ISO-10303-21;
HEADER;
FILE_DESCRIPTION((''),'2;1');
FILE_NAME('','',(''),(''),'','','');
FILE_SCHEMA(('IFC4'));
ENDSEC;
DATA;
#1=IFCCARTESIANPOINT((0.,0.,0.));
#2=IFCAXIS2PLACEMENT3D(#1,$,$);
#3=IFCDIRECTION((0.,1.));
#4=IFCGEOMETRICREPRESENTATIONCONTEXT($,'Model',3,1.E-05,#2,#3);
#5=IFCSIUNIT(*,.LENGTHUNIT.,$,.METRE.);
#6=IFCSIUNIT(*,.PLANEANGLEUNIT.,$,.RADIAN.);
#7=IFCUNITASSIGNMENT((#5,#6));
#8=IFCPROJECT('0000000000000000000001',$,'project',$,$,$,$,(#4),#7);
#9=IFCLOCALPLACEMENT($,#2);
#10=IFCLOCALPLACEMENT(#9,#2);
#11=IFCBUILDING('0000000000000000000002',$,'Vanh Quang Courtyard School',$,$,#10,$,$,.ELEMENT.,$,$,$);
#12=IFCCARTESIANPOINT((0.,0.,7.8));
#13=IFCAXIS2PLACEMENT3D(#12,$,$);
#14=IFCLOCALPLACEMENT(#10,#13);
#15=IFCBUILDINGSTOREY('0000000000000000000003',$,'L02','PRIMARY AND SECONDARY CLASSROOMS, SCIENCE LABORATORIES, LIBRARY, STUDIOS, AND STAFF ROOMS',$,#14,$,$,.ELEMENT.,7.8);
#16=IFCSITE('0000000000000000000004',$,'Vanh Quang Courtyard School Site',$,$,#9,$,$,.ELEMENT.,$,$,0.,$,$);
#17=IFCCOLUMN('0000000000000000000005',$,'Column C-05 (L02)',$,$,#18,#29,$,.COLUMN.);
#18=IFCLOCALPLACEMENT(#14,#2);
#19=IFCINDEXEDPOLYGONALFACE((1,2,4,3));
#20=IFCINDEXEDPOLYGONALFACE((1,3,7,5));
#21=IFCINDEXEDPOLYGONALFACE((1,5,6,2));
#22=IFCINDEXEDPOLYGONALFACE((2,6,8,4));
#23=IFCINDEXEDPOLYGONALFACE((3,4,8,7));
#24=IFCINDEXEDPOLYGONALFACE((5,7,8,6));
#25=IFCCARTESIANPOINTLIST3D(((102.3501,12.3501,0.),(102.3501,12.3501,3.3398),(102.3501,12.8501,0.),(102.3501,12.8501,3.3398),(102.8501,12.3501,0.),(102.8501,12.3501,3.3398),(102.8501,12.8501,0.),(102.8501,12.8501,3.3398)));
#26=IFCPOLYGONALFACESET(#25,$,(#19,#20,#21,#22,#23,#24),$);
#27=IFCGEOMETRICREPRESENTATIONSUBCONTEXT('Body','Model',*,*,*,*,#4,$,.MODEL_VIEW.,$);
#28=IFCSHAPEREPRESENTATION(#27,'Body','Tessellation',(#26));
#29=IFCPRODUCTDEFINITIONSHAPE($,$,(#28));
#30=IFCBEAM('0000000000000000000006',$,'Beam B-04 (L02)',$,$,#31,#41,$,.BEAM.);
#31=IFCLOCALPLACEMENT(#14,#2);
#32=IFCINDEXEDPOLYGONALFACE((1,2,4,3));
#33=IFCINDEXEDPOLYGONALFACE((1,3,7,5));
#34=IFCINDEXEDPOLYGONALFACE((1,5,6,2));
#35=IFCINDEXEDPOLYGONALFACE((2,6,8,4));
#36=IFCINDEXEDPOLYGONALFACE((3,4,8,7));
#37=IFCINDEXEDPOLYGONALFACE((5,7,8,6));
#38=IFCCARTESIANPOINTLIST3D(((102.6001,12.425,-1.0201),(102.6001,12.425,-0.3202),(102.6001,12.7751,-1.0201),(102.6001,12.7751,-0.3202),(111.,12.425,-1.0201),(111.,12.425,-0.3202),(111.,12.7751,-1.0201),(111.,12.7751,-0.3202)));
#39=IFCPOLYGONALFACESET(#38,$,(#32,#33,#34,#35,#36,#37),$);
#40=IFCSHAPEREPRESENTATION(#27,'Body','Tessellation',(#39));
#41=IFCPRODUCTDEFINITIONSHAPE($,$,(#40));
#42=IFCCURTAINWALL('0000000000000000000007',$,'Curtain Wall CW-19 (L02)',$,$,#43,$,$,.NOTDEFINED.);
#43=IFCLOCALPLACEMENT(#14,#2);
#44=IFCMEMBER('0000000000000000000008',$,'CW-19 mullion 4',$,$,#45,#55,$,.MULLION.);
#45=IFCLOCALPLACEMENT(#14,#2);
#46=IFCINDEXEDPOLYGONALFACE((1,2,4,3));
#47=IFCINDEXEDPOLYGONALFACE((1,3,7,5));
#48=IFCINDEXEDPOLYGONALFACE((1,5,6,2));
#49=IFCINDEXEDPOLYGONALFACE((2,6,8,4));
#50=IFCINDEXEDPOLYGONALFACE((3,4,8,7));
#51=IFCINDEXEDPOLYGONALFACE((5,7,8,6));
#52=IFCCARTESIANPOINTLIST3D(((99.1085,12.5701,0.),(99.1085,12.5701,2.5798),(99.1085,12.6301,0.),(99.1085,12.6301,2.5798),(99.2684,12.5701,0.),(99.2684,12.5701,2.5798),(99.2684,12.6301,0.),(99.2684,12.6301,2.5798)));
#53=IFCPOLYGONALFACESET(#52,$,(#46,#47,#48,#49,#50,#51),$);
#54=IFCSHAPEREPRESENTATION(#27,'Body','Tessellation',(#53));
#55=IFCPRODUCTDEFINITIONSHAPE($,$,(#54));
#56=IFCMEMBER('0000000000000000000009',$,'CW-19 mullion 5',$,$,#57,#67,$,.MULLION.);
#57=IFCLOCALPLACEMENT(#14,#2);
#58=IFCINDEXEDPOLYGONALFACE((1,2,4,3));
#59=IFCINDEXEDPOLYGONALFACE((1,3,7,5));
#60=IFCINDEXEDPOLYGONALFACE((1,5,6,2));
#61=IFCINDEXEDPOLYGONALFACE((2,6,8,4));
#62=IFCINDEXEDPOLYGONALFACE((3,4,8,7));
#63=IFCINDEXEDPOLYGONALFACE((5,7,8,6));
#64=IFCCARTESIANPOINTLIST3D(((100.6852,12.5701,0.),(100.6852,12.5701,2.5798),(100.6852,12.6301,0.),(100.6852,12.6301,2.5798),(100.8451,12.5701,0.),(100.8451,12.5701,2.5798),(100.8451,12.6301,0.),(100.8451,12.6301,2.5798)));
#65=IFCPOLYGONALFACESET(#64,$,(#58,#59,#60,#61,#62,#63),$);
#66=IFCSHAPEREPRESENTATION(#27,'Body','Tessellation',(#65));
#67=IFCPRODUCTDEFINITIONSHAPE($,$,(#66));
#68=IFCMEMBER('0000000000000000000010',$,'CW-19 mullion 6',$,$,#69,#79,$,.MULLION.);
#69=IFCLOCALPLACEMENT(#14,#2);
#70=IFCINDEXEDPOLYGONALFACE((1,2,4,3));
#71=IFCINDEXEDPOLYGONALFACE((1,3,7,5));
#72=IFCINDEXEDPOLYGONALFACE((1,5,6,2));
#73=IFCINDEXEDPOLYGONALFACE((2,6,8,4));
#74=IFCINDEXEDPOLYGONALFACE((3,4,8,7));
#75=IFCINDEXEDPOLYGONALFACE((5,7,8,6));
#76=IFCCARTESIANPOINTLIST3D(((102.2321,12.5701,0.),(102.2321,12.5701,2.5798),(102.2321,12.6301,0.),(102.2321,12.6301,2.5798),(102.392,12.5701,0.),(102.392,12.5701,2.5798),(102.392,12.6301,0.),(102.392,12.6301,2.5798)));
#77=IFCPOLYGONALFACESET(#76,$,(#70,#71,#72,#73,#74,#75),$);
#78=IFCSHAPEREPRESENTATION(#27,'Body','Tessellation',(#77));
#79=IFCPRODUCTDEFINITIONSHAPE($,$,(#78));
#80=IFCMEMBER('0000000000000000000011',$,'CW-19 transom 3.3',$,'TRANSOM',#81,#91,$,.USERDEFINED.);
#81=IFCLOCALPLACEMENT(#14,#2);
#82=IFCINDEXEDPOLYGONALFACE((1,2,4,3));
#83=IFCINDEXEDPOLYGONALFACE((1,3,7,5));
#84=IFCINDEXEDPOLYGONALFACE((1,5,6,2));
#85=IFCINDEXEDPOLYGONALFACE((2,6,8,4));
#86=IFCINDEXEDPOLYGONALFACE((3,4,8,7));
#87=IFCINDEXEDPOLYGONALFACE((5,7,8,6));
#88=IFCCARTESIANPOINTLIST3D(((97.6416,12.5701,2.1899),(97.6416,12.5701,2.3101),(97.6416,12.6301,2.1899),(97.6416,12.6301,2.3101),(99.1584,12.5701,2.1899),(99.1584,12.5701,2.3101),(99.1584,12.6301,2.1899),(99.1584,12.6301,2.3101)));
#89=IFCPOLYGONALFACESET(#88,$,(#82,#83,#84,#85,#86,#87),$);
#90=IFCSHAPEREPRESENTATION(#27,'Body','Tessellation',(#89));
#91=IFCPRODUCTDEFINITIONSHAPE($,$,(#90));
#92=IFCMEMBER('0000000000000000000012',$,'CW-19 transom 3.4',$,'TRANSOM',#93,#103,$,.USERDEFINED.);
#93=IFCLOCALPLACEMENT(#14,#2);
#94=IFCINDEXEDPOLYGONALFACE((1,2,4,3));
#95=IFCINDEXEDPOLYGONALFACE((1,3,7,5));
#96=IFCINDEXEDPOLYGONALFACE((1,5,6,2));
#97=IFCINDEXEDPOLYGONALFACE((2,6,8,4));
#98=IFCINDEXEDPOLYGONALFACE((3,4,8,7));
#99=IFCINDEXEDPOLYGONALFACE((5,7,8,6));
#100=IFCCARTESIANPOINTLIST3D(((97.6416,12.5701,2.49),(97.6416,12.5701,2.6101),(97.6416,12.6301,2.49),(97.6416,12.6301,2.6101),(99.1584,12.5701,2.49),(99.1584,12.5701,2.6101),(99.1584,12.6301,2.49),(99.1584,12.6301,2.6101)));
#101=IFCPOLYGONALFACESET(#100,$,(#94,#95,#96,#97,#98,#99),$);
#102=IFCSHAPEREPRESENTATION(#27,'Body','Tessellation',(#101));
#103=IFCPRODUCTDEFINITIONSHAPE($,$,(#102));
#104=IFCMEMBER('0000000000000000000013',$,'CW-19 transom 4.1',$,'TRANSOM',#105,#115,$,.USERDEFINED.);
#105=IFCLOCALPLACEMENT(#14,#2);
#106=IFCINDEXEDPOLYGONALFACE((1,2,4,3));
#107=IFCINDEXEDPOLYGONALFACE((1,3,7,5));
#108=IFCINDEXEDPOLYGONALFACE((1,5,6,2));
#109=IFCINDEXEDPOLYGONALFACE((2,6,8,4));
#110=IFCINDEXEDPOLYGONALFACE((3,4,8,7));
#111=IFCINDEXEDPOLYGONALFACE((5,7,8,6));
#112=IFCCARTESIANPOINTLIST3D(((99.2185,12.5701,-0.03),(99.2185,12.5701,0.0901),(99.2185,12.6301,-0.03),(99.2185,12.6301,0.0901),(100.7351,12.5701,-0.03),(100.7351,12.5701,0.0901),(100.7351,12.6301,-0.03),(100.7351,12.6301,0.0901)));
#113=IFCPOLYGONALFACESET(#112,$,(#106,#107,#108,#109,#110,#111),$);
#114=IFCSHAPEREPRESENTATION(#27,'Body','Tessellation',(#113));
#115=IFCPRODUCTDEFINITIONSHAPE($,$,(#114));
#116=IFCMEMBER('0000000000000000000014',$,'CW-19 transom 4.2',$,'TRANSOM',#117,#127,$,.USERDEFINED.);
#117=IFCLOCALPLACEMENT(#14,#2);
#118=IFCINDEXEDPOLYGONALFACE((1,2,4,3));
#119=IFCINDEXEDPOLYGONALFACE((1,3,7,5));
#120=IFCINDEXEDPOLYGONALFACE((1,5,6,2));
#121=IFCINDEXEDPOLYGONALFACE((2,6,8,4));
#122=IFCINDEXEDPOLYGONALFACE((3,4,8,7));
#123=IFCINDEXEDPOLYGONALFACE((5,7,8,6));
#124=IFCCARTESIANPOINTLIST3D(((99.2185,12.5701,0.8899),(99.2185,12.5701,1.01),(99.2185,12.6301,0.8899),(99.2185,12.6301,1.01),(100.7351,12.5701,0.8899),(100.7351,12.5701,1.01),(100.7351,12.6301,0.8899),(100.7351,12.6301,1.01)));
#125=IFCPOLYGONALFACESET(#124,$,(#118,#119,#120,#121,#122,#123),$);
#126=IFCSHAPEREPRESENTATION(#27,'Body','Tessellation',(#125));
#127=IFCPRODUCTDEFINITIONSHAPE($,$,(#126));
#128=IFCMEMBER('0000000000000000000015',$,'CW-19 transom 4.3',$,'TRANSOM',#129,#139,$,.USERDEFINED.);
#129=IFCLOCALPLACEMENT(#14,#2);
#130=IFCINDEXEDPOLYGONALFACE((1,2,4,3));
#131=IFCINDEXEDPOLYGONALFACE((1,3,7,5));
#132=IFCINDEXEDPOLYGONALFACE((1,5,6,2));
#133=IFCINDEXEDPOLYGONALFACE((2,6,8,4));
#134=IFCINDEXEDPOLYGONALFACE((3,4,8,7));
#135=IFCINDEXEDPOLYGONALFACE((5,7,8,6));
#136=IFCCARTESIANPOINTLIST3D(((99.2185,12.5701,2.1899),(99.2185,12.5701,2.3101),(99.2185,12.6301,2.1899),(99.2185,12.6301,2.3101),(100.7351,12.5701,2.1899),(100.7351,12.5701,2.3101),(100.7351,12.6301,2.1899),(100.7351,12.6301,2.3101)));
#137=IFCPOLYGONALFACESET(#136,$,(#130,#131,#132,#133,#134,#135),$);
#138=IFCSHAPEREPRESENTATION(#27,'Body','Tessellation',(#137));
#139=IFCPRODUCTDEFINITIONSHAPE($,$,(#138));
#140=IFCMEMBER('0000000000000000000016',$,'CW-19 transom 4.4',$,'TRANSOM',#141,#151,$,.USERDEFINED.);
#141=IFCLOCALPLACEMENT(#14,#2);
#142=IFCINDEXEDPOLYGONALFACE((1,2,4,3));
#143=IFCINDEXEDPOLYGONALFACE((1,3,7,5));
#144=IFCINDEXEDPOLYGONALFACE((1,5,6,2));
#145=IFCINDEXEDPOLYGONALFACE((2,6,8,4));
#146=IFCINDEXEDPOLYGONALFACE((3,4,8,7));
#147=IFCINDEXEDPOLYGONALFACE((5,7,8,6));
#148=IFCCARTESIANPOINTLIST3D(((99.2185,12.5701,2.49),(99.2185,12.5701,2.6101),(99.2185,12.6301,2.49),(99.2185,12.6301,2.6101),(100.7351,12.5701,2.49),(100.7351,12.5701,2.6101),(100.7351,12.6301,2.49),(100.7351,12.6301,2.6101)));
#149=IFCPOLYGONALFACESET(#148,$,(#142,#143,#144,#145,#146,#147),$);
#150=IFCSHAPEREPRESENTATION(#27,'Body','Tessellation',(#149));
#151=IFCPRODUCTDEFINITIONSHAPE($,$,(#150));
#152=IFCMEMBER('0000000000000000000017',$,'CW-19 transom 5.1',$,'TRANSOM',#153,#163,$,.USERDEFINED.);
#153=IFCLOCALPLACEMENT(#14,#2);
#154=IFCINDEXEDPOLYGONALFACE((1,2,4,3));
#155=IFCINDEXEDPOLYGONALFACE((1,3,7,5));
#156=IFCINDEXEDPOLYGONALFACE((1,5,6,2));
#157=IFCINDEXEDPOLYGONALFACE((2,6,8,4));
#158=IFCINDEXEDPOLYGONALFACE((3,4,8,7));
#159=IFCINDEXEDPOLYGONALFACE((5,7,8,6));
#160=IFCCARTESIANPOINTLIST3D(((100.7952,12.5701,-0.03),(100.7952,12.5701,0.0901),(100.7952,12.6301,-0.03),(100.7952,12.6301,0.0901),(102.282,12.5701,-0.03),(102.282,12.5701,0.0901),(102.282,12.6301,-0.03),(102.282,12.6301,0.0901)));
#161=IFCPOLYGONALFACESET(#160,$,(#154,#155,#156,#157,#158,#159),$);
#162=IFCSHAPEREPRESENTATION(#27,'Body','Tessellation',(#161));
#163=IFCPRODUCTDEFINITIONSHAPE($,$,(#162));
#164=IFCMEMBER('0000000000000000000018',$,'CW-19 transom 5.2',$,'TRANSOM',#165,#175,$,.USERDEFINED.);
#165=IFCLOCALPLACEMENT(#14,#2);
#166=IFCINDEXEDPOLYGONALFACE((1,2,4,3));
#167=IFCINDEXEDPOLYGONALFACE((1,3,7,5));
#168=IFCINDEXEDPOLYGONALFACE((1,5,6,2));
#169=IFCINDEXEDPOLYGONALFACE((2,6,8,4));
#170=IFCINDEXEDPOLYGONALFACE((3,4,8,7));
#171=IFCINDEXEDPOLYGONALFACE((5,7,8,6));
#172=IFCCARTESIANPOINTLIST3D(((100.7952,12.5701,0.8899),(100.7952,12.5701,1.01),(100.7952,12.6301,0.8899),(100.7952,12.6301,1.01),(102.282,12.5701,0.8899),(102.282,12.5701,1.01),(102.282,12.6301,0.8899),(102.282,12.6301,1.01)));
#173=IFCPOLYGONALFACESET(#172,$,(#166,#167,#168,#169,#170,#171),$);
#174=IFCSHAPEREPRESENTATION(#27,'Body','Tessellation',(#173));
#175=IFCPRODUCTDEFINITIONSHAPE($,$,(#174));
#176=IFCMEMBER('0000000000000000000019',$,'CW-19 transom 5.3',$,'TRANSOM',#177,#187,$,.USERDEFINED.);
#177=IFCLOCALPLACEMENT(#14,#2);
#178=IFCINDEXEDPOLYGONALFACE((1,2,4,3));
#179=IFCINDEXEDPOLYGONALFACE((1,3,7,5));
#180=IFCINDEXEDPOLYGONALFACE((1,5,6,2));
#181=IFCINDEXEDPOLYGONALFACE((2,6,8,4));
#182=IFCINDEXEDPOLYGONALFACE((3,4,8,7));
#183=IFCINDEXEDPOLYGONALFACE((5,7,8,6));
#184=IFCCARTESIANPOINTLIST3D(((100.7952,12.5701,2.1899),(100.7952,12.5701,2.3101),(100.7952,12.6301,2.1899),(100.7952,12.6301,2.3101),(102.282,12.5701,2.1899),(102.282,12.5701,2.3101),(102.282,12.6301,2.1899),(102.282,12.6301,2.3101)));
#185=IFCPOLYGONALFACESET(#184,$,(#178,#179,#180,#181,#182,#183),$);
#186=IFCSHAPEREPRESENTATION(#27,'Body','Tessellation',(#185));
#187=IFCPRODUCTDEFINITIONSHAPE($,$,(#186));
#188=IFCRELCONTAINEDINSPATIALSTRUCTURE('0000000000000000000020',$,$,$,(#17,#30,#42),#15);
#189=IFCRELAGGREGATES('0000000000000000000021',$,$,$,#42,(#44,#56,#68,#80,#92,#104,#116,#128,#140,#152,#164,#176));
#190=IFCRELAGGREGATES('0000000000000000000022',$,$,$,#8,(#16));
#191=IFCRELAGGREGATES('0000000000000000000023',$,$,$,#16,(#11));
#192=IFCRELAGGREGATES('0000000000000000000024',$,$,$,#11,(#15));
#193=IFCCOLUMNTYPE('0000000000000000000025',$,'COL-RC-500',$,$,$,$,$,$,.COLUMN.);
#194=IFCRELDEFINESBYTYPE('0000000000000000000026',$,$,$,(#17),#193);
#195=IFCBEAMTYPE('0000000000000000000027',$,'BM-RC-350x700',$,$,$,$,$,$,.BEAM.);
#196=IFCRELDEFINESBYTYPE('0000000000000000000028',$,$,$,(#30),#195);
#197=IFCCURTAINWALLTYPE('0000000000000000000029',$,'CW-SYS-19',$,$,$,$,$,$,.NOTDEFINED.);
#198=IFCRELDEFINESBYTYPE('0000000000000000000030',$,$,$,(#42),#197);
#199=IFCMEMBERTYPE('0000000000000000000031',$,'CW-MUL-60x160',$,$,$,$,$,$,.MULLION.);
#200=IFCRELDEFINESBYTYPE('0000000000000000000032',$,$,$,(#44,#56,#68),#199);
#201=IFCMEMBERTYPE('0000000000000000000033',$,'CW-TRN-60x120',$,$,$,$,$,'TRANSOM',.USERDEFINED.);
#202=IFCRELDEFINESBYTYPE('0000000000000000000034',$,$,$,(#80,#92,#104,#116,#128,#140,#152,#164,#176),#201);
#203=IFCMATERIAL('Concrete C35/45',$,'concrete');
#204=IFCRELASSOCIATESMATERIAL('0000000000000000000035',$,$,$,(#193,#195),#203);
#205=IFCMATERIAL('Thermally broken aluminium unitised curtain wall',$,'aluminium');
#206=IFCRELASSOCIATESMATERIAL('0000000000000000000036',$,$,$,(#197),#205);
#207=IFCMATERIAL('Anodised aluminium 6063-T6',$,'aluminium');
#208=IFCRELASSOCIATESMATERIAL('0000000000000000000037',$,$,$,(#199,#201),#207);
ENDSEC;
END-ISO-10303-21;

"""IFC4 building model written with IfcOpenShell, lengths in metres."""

from ifc_helpers import new_model, si_unit, direction, frame, origin, origin_2d, place, context, subcontext, project, spatial, rectangle, extrude, material, material_profile, profile_set, type_object, element, aggregate, save


model = new_model("IFC4")

# Units and contexts
model_context = context("Model", 3, precision=1e-05, world=origin(), true_north=direction((0.0, 1.0)))
body_context = subcontext(model_context, "Body", "Model", "MODEL_VIEW")
ifc_project = project(units=[si_unit("LENGTHUNIT", "METRE"), si_unit("PLANEANGLEUNIT", "RADIAN")], contexts=[model_context])

# Site, building, storey
site_placement = place(None, origin())
site = spatial("IfcSite", under=ifc_project, at=site_placement, Name="Vanh Quang Courtyard School Site", CompositionType="ELEMENT", RefElevation=0.0)
building_placement = place(site_placement, origin())
building = spatial("IfcBuilding", under=site, at=building_placement, Name="Vanh Quang Courtyard School", CompositionType="ELEMENT")
storey_placement = place(building_placement, frame((0.0, 0.0, 7.8)))
storey = spatial("IfcBuildingStorey", under=building, at=storey_placement, Name="L02", Description="PRIMARY AND SECONDARY CLASSROOMS, SCIENCE LABORATORIES, LIBRARY, STUDIOS, AND STAFF ROOMS", CompositionType="ELEMENT", Elevation=7.8)

# Column
ifc_material_1 = material(Name="Concrete C35/45", Category="concrete")
ifc_material_profile_1 = material_profile(ifc_material_1, rectangle(XDim=0.5, YDim=0.5, at=origin_2d()), Name="RC-COL 500x500")
ifc_profile_set_1 = profile_set([ifc_material_profile_1], Name="Concrete C35/45")
column_type = type_object("IfcColumnType", Name="COL-RC-500", PredefinedType="COLUMN", material=ifc_profile_set_1)
column_placement = place(storey_placement, frame((102.6001, 12.6001, 0.0), z_axis=(0.0, 0.0, 1.0), x_axis=(1.0, 0.0, 0.0)))
element("IfcColumn", 1, at=column_placement, inside=storey, type_object=column_type, Name="Column C-05 (L02)", PredefinedType="COLUMN", context=body_context, shape_type="SweptSolid", body=[
    extrude(rectangle(XDim=0.5, YDim=0.5, at=origin_2d()), origin(), (0.0, 0.0, 1.0), 3.3398),
])

# Beam
ifc_material_profile_2 = material_profile(ifc_material_1, rectangle(XDim=0.3501, YDim=0.7, at=origin_2d()), Name="RC-BM 350x700")
ifc_profile_set_2 = profile_set([ifc_material_profile_2], Name="Concrete C35/45")
beam_type = type_object("IfcBeamType", Name="BM-RC-350x700", PredefinedType="BEAM", material=ifc_profile_set_2)
beam_placement = place(storey_placement, frame((102.6001, 12.6001, -0.6702), z_axis=(1.0, 0.0, 0.0), x_axis=(0.0, 1.0, 0.0)))
element("IfcBeam", 2, at=beam_placement, inside=storey, type_object=beam_type, Name="Beam B-04 (L02)", PredefinedType="BEAM", context=body_context, shape_type="SweptSolid", body=[
    extrude(rectangle(XDim=0.3501, YDim=0.7, at=origin_2d()), origin(), (0.0, 0.0, 1.0), 8.3999),
])

# Curtain wall, members
ifc_material_2 = material(Name="Thermally broken aluminium unitised curtain wall", Category="aluminium")
curtain_wall_type = type_object("IfcCurtainWallType", Name="CW-SYS-19", PredefinedType="NOTDEFINED", material=ifc_material_2)
curtain_wall_placement = place(storey_placement, origin())
curtain_wall = element("IfcCurtainWall", 3, at=curtain_wall_placement, inside=storey, type_object=curtain_wall_type, Name="Curtain Wall CW-19 (L02)", PredefinedType="NOTDEFINED")
ifc_material_3 = material(Name="Anodised aluminium 6063-T6", Category="aluminium")
ifc_material_profile_3 = material_profile(ifc_material_3, rectangle(XDim=0.0601, YDim=0.1599, at=origin_2d()), Name="ALU-MUL 60x160")
ifc_profile_set_3 = profile_set([ifc_material_profile_3], Name="Anodised aluminium 6063-T6")
member_type_1 = type_object("IfcMemberType", Name="CW-MUL-60x160", PredefinedType="MULLION", material=ifc_profile_set_3)
member_1_placement = place(storey_placement, frame((99.1885, 12.6001, 0.0), z_axis=(0.0, 0.0, 1.0), x_axis=(0.0, 1.0, 0.0)))
member_1 = element("IfcMember", 4, at=member_1_placement, type_object=member_type_1, Name="CW-19 mullion 4", PredefinedType="MULLION", context=body_context, shape_type="SweptSolid", body=[
    extrude(rectangle(XDim=0.0601, YDim=0.1599, at=origin_2d()), origin(), (0.0, 0.0, 1.0), 2.5798),
])
member_2_placement = place(storey_placement, frame((100.7651, 12.6001, 0.0), z_axis=(0.0, 0.0, 1.0), x_axis=(0.0, 1.0, 0.0)))
member_2 = element("IfcMember", 5, at=member_2_placement, type_object=member_type_1, Name="CW-19 mullion 5", PredefinedType="MULLION", context=body_context, shape_type="SweptSolid", body=[
    extrude(rectangle(XDim=0.0601, YDim=0.1599, at=origin_2d()), origin(), (0.0, 0.0, 1.0), 2.5798),
])
member_3_placement = place(storey_placement, frame((102.312, 12.6001, 0.0), z_axis=(0.0, 0.0, 1.0), x_axis=(0.0, 1.0, 0.0)))
member_3 = element("IfcMember", 6, at=member_3_placement, type_object=member_type_1, Name="CW-19 mullion 6", PredefinedType="MULLION", context=body_context, shape_type="SweptSolid", body=[
    extrude(rectangle(XDim=0.0601, YDim=0.1599, at=origin_2d()), origin(), (0.0, 0.0, 1.0), 2.5798),
])
ifc_material_profile_4 = material_profile(ifc_material_3, rectangle(XDim=0.0601, YDim=0.1201, at=origin_2d()), Name="ALU-TRN 60x120")
ifc_profile_set_4 = profile_set([ifc_material_profile_4], Name="Anodised aluminium 6063-T6")
member_type_2 = type_object("IfcMemberType", Name="CW-TRN-60x120", ElementType="TRANSOM", PredefinedType="USERDEFINED", material=ifc_profile_set_4)
member_4_placement = place(storey_placement, frame((97.6416, 12.6001, 2.25), z_axis=(1.0, 0.0, 0.0), x_axis=(0.0, 1.0, 0.0)))
member_4 = element("IfcMember", 7, at=member_4_placement, type_object=member_type_2, Name="CW-19 transom 3.3", ObjectType="TRANSOM", PredefinedType="USERDEFINED", context=body_context, shape_type="SweptSolid", body=[
    extrude(rectangle(XDim=0.0601, YDim=0.1201, at=origin_2d()), origin(), (0.0, 0.0, 1.0), 1.5168),
])
member_5_placement = place(storey_placement, frame((97.6416, 12.6001, 2.55), z_axis=(1.0, 0.0, 0.0), x_axis=(0.0, 1.0, 0.0)))
member_5 = element("IfcMember", 8, at=member_5_placement, type_object=member_type_2, Name="CW-19 transom 3.4", ObjectType="TRANSOM", PredefinedType="USERDEFINED", context=body_context, shape_type="SweptSolid", body=[
    extrude(rectangle(XDim=0.0601, YDim=0.1201, at=origin_2d()), origin(), (0.0, 0.0, 1.0), 1.5168),
])
member_6_placement = place(storey_placement, frame((99.2185, 12.6001, 0.03), z_axis=(1.0, 0.0, 0.0), x_axis=(0.0, 1.0, 0.0)))
member_6 = element("IfcMember", 9, at=member_6_placement, type_object=member_type_2, Name="CW-19 transom 4.1", ObjectType="TRANSOM", PredefinedType="USERDEFINED", context=body_context, shape_type="SweptSolid", body=[
    extrude(rectangle(XDim=0.0601, YDim=0.1201, at=origin_2d()), origin(), (0.0, 0.0, 1.0), 1.5166),
])
member_7_placement = place(storey_placement, frame((99.2185, 12.6001, 0.95), z_axis=(1.0, 0.0, 0.0), x_axis=(0.0, 1.0, 0.0)))
member_7 = element("IfcMember", 10, at=member_7_placement, type_object=member_type_2, Name="CW-19 transom 4.2", ObjectType="TRANSOM", PredefinedType="USERDEFINED", context=body_context, shape_type="SweptSolid", body=[
    extrude(rectangle(XDim=0.0601, YDim=0.1201, at=origin_2d()), origin(), (0.0, 0.0, 1.0), 1.5166),
])
member_8_placement = place(storey_placement, frame((99.2185, 12.6001, 2.25), z_axis=(1.0, 0.0, 0.0), x_axis=(0.0, 1.0, 0.0)))
member_8 = element("IfcMember", 11, at=member_8_placement, type_object=member_type_2, Name="CW-19 transom 4.3", ObjectType="TRANSOM", PredefinedType="USERDEFINED", context=body_context, shape_type="SweptSolid", body=[
    extrude(rectangle(XDim=0.0601, YDim=0.1201, at=origin_2d()), origin(), (0.0, 0.0, 1.0), 1.5166),
])
member_9_placement = place(storey_placement, frame((99.2185, 12.6001, 2.55), z_axis=(1.0, 0.0, 0.0), x_axis=(0.0, 1.0, 0.0)))
member_9 = element("IfcMember", 12, at=member_9_placement, type_object=member_type_2, Name="CW-19 transom 4.4", ObjectType="TRANSOM", PredefinedType="USERDEFINED", context=body_context, shape_type="SweptSolid", body=[
    extrude(rectangle(XDim=0.0601, YDim=0.1201, at=origin_2d()), origin(), (0.0, 0.0, 1.0), 1.5166),
])
member_10_placement = place(storey_placement, frame((100.7952, 12.6001, 0.03), z_axis=(1.0, 0.0, 0.0), x_axis=(0.0, 1.0, 0.0)))
member_10 = element("IfcMember", 13, at=member_10_placement, type_object=member_type_2, Name="CW-19 transom 5.1", ObjectType="TRANSOM", PredefinedType="USERDEFINED", context=body_context, shape_type="SweptSolid", body=[
    extrude(rectangle(XDim=0.0601, YDim=0.1201, at=origin_2d()), origin(), (0.0, 0.0, 1.0), 1.4868),
])
member_11_placement = place(storey_placement, frame((100.7952, 12.6001, 0.95), z_axis=(1.0, 0.0, 0.0), x_axis=(0.0, 1.0, 0.0)))
member_11 = element("IfcMember", 14, at=member_11_placement, type_object=member_type_2, Name="CW-19 transom 5.2", ObjectType="TRANSOM", PredefinedType="USERDEFINED", context=body_context, shape_type="SweptSolid", body=[
    extrude(rectangle(XDim=0.0601, YDim=0.1201, at=origin_2d()), origin(), (0.0, 0.0, 1.0), 1.4868),
])
member_12_placement = place(storey_placement, frame((100.7952, 12.6001, 2.25), z_axis=(1.0, 0.0, 0.0), x_axis=(0.0, 1.0, 0.0)))
member_12 = element("IfcMember", 15, at=member_12_placement, type_object=member_type_2, Name="CW-19 transom 5.3", ObjectType="TRANSOM", PredefinedType="USERDEFINED", context=body_context, shape_type="SweptSolid", body=[
    extrude(rectangle(XDim=0.0601, YDim=0.1201, at=origin_2d()), origin(), (0.0, 0.0, 1.0), 1.4868),
])
aggregate(curtain_wall, [member_1, member_2, member_3, member_4, member_5, member_6, member_7, member_8, member_9, member_10, member_11, member_12])

save(model, "model.ifc")
